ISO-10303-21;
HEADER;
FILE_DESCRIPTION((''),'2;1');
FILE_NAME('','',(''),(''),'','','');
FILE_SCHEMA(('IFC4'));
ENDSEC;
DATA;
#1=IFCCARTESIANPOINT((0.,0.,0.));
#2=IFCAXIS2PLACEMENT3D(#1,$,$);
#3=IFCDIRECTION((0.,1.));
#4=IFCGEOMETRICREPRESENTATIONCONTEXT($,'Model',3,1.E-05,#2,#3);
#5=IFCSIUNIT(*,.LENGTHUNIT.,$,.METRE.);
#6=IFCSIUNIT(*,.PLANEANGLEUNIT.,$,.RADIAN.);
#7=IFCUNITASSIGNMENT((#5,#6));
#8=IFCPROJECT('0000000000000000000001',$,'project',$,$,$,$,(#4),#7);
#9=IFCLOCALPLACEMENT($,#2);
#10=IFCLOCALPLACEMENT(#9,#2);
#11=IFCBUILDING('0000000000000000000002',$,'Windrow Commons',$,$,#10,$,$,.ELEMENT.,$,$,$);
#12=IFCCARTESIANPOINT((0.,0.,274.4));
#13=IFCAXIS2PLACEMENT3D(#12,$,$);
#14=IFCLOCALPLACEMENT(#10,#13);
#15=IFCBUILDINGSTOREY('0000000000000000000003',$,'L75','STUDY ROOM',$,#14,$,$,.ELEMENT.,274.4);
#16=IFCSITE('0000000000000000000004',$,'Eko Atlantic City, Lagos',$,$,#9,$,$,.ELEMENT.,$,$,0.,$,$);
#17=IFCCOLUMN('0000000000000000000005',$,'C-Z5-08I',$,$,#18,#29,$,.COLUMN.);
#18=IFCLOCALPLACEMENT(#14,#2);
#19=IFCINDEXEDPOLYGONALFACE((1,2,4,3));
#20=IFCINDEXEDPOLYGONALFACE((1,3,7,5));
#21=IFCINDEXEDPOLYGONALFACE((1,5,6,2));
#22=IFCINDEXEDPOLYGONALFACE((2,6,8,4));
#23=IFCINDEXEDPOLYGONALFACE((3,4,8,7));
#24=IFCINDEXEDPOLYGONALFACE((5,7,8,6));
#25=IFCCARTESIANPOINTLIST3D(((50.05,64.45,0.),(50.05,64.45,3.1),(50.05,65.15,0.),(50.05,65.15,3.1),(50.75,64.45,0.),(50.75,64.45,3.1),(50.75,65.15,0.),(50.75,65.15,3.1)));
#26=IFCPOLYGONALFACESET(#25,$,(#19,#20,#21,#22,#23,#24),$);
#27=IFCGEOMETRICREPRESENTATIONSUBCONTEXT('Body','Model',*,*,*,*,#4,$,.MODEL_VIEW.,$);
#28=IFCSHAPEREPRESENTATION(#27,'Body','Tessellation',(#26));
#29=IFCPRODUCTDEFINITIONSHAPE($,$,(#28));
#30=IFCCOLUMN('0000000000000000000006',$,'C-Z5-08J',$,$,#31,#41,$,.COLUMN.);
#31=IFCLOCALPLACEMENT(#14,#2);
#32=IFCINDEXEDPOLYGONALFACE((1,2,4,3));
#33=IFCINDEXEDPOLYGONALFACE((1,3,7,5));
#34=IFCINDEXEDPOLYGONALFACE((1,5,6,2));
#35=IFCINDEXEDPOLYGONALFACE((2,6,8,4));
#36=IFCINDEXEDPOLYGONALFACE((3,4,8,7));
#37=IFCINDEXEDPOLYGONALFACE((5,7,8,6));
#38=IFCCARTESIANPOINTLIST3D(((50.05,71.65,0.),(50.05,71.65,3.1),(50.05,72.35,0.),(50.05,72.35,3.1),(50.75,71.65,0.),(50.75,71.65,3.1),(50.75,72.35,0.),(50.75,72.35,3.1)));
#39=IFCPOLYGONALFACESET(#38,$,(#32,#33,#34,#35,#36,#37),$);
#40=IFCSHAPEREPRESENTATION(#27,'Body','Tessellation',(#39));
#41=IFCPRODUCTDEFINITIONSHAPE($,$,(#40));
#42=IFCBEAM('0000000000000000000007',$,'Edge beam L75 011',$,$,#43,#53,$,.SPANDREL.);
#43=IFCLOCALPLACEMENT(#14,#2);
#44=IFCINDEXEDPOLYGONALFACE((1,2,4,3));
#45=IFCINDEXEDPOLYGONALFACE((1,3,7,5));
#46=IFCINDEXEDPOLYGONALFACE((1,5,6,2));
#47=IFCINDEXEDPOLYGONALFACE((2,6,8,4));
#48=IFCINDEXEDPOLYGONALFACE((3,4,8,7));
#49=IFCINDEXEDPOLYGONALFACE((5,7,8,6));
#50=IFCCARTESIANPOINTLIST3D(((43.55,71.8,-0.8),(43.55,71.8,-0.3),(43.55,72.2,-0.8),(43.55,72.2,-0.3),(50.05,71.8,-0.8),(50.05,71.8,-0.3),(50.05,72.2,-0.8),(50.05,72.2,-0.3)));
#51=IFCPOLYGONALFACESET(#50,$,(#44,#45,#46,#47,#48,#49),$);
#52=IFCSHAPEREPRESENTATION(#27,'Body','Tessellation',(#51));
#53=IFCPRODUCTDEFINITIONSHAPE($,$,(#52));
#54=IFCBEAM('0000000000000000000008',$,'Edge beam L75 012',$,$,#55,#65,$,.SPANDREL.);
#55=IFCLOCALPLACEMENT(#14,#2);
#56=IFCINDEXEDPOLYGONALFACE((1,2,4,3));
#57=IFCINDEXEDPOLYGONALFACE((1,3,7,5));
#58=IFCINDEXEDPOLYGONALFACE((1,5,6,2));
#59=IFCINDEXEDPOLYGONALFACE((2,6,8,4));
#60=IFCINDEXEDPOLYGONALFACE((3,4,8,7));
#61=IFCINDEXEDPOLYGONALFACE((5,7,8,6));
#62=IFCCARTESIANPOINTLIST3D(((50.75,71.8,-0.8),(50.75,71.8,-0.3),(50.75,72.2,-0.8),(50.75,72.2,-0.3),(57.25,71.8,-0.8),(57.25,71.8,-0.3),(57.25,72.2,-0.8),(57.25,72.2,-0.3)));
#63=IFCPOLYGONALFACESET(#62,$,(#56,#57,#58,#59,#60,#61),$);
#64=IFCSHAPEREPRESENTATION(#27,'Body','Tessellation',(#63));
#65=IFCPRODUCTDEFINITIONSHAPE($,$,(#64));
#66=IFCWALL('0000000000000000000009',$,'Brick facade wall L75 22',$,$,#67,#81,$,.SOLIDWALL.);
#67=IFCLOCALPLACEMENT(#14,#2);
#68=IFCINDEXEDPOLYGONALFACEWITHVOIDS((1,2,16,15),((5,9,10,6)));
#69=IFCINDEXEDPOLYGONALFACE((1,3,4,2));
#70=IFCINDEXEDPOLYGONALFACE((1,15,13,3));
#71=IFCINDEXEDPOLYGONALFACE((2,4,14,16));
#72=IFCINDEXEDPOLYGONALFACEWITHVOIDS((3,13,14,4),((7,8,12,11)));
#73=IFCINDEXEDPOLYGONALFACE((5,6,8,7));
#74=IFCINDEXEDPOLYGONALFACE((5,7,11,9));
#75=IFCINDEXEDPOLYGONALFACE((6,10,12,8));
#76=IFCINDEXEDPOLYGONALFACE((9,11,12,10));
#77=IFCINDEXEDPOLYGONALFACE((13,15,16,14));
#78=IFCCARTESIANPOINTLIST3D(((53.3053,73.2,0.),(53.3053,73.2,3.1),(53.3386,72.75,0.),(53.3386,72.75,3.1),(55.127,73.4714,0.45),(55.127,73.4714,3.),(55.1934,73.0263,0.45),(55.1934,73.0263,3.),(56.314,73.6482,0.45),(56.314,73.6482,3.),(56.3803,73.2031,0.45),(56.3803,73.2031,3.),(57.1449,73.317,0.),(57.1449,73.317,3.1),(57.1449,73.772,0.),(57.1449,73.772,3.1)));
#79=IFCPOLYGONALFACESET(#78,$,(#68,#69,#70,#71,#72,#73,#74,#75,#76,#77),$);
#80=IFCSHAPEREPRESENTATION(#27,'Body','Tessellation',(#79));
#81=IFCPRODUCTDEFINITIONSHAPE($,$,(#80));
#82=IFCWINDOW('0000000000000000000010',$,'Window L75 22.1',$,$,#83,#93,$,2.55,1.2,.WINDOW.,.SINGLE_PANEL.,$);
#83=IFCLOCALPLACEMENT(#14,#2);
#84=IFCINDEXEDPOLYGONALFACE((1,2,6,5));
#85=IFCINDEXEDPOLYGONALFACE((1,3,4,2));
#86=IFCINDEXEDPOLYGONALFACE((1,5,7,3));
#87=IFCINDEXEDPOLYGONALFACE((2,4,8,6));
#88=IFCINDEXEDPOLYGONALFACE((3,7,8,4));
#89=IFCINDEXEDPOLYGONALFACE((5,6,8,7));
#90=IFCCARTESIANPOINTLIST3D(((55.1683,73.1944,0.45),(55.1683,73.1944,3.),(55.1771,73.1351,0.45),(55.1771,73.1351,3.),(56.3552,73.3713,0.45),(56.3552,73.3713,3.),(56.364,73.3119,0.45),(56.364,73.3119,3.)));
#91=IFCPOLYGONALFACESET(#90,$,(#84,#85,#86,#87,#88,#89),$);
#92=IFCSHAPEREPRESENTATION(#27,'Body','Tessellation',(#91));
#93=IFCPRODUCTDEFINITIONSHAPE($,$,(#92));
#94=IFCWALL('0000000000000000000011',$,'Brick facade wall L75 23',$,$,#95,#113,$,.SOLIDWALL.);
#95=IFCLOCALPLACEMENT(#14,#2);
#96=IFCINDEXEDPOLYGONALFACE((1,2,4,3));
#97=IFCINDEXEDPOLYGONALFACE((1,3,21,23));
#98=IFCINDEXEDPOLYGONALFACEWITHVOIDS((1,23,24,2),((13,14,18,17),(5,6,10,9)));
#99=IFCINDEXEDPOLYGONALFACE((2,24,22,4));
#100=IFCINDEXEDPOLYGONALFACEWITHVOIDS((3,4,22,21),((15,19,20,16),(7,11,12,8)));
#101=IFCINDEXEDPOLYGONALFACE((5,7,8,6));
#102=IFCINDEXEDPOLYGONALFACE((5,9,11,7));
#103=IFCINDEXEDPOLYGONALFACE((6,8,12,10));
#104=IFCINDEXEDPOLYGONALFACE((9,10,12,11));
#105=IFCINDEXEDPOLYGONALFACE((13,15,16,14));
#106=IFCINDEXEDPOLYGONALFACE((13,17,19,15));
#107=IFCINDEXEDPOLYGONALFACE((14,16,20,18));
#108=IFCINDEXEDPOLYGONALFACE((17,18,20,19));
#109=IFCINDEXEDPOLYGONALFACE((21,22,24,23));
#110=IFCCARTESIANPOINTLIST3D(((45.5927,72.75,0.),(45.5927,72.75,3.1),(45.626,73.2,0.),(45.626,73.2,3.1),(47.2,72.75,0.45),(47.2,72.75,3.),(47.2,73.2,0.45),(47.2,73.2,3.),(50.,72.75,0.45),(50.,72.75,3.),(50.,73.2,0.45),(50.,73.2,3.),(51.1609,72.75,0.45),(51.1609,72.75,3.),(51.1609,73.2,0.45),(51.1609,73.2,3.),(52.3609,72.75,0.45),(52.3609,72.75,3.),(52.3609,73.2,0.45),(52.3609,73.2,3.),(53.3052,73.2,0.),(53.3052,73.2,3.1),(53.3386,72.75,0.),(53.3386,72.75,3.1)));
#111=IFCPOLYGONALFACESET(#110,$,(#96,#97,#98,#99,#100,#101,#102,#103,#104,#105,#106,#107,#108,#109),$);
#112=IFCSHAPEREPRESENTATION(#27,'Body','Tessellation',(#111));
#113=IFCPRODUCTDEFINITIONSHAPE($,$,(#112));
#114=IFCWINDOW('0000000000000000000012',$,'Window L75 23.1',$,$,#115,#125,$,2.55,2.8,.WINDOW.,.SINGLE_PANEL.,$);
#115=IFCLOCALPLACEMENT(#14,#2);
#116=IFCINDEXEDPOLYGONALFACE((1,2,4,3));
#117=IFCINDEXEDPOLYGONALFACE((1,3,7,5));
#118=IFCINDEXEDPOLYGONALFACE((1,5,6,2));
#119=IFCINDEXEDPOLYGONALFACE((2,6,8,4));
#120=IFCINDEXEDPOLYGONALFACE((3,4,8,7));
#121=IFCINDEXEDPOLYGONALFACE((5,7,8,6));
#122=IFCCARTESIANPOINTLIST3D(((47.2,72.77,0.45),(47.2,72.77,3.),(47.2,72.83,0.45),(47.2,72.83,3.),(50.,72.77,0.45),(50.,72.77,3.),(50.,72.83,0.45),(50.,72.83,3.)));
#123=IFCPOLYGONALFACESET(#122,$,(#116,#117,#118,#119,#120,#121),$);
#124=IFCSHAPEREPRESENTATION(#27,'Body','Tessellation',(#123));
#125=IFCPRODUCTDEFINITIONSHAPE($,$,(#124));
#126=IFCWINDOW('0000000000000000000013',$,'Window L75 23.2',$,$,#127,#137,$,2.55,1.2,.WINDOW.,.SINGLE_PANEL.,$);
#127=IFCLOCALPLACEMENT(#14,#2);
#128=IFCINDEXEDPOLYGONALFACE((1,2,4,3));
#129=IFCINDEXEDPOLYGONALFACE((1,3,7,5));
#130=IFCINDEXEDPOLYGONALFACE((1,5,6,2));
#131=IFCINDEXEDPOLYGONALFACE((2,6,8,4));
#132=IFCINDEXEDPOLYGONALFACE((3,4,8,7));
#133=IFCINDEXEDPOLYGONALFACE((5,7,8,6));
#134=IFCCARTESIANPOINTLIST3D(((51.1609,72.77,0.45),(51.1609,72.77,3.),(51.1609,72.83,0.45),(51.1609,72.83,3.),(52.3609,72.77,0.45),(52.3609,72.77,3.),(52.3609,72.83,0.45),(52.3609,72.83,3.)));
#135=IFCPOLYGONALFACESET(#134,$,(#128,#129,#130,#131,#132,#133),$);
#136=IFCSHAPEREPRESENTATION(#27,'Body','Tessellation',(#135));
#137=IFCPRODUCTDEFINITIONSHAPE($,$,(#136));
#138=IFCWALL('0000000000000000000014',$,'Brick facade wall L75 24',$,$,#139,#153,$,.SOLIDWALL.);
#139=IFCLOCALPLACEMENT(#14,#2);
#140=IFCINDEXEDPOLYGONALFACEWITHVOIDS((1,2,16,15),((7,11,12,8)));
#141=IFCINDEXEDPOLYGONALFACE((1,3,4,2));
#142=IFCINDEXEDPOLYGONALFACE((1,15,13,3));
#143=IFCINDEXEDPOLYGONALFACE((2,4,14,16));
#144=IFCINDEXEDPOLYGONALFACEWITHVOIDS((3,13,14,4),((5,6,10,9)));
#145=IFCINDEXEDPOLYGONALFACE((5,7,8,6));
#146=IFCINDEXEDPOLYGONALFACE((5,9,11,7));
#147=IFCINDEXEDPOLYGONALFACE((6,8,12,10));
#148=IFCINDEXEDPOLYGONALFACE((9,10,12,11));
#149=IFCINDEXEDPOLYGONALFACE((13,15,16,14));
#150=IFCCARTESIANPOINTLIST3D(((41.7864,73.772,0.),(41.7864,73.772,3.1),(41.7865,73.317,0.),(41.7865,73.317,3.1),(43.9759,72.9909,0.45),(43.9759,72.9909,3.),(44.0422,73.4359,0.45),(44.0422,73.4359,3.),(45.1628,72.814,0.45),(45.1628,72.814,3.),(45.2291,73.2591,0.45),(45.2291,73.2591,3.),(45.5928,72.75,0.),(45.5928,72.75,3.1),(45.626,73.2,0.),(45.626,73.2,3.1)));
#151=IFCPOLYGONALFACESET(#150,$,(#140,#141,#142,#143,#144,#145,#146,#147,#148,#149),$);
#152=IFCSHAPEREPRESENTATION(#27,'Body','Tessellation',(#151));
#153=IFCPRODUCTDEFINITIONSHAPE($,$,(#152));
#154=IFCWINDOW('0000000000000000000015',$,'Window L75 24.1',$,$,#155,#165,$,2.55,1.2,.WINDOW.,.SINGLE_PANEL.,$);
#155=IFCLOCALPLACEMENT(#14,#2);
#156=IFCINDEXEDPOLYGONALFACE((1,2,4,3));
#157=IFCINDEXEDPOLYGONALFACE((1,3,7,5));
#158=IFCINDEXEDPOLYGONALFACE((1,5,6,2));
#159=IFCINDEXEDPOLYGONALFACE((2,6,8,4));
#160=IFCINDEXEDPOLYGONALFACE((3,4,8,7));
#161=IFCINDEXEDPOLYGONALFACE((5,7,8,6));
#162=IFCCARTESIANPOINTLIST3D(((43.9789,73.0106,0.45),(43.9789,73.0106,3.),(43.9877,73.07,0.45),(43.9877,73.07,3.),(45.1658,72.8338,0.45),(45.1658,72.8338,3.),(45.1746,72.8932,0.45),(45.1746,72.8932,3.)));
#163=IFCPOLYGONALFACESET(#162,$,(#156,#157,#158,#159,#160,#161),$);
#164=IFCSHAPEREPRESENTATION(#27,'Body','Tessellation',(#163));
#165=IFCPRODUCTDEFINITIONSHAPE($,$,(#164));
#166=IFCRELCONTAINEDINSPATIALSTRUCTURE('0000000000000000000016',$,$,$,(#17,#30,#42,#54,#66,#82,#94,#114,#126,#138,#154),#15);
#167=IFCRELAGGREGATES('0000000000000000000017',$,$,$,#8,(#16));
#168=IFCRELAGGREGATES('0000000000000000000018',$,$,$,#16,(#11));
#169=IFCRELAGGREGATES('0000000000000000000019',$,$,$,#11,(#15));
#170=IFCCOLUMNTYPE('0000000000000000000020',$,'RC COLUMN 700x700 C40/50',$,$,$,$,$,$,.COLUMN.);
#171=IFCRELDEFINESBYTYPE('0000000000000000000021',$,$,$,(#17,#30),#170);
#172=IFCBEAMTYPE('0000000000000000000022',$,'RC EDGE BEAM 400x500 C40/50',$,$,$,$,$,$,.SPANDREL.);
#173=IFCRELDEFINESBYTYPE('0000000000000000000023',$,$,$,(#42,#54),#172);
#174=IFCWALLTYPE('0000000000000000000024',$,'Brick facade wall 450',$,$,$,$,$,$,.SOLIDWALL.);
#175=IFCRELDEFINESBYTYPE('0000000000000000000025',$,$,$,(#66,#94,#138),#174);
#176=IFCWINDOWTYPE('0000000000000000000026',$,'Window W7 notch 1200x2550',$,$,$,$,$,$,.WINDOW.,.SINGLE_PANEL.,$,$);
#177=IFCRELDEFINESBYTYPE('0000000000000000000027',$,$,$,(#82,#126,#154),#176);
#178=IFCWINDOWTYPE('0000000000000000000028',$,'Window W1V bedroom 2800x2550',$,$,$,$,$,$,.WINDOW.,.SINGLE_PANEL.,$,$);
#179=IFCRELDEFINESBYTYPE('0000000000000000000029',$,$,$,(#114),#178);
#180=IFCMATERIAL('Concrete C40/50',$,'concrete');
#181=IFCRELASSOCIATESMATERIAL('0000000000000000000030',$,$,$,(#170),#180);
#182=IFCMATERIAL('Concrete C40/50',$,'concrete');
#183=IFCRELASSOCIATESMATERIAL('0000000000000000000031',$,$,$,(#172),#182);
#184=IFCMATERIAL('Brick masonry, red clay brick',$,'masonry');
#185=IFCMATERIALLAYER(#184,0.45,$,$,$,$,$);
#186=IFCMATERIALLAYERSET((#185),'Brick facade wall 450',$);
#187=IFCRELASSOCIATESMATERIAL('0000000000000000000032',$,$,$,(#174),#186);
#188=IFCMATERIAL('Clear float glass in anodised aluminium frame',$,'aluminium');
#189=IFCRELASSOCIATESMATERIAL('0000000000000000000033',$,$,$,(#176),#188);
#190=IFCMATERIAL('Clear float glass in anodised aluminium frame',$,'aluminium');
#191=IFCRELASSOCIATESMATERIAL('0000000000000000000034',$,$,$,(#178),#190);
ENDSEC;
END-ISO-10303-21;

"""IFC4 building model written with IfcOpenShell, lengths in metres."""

from ifc_helpers import new_model, si_unit, direction, frame, frame_2d, origin, origin_2d, place, context, subcontext, project, spatial, polyline, rectangle, outline, extrude, material, layer, layer_set, material_profile, profile_set, type_object, element, fill, save


model = new_model("IFC4")

# Units and contexts
model_context = context("Model", 3, precision=1e-05, world=origin(), true_north=direction((0.0, 1.0)))
body_context = subcontext(model_context, "Body", "Model", "MODEL_VIEW")
ifc_project = project(units=[si_unit("LENGTHUNIT", "METRE"), si_unit("PLANEANGLEUNIT", "RADIAN")], contexts=[model_context])

# Site, building, storey
site_placement = place(None, origin())
site = spatial("IfcSite", under=ifc_project, at=site_placement, Name="Eko Atlantic City, Lagos", CompositionType="ELEMENT", RefElevation=0.0)
building_placement = place(site_placement, origin())
building = spatial("IfcBuilding", under=site, at=building_placement, Name="Windrow Commons", CompositionType="ELEMENT")
storey_placement = place(building_placement, frame((0.0, 0.0, 274.4)))
storey = spatial("IfcBuildingStorey", under=building, at=storey_placement, Name="L75", Description="STUDY ROOM", CompositionType="ELEMENT", Elevation=274.4)

# Columns
ifc_material_1 = material(Name="Concrete C40/50", Category="concrete")
ifc_material_profile_1 = material_profile(ifc_material_1, rectangle(XDim=0.7, YDim=0.7, at=origin_2d()))
ifc_profile_set_1 = profile_set([ifc_material_profile_1], Name="Concrete C40/50")
column_type = type_object("IfcColumnType", Name="RC COLUMN 700x700 C40/50", PredefinedType="COLUMN", material=ifc_profile_set_1)
for number, where, z_axis, x_axis, name in (
    (1, (50.4, 64.8, 0.0), (0.0, 0.0, 1.0), (1.0, 0.0, 0.0), "C-Z5-08I"),
    (2, (50.4, 72.0, 0.0), (0.0, 0.0, 1.0), (1.0, 0.0, 0.0), "C-Z5-08J"),
):
    element("IfcColumn", number, at=place(storey_placement, frame(where, z_axis=z_axis, x_axis=x_axis)), inside=storey, type_object=column_type, Name=name, PredefinedType="COLUMN", context=body_context, shape_type="SweptSolid", body=[
        extrude(rectangle(XDim=0.7, YDim=0.7, at=origin_2d()), origin(), (0.0, 0.0, 1.0), 3.1),
    ])

# Beams
ifc_material_2 = material(Name="Concrete C40/50", Category="concrete")
ifc_material_profile_2 = material_profile(ifc_material_2, rectangle(XDim=0.4, YDim=0.5, at=origin_2d()))
ifc_profile_set_2 = profile_set([ifc_material_profile_2], Name="Concrete C40/50")
beam_type = type_object("IfcBeamType", Name="RC EDGE BEAM 400x500 C40/50", PredefinedType="SPANDREL", material=ifc_profile_set_2)
for number, where, z_axis, x_axis, name in (
    (3, (43.55, 72.0, -0.55), (1.0, 0.0, 0.0), (0.0, 1.0, 0.0), "Edge beam L75 011"),
    (4, (50.75, 72.0, -0.55), (1.0, 0.0, 0.0), (0.0, 1.0, 0.0), "Edge beam L75 012"),
):
    element("IfcBeam", number, at=place(storey_placement, frame(where, z_axis=z_axis, x_axis=x_axis)), inside=storey, type_object=beam_type, Name=name, PredefinedType="SPANDREL", context=body_context, shape_type="SweptSolid", body=[
        extrude(rectangle(XDim=0.4, YDim=0.5, at=origin_2d()), origin(), (0.0, 0.0, 1.0), 6.5),
    ])

# Wall, opening, window
ifc_material_3 = material(Name="Brick masonry, red clay brick", Category="masonry")
ifc_layer_1 = layer(ifc_material_3, 0.45)
ifc_layer_set_1 = layer_set([ifc_layer_1], Name="Brick facade wall 450")
wall_type_1 = type_object("IfcWallType", Name="Brick facade wall 450", PredefinedType="SOLIDWALL", material=ifc_layer_set_1)
wall_1_placement = place(storey_placement, frame((57.1449, 73.5445, 0.0), z_axis=(0.0, 0.0, 1.0), x_axis=(-0.989086, -0.147341, 0.0)))
wall_1 = element("IfcWall", 5, at=wall_1_placement, inside=storey, type_object=wall_type_1, Name="Brick facade wall L75 22", PredefinedType="SOLIDWALL", context=body_context, shape_type="SweptSolid", body=[
    extrude(outline(polyline([(-0.0335, -0.225), (3.8485, -0.225), (3.8818, 0.225), (0.0335, 0.225), (-0.0335, -0.225)])), origin(), (0.0, 0.0, 1.0), 3.1),
])
opening_1_placement = place(wall_1_placement, frame((0.8066, 0.0, 0.45)))
opening_1 = element("IfcOpeningElement", 6, at=opening_1_placement, cuts=wall_1, PredefinedType="OPENING", context=body_context, shape_type="SweptSolid", body=[
    extrude(rectangle(XDim=1.2, YDim=2.55, at=frame_2d((0.6, 1.275))), frame((0.0, 0.235, 0.0), z_axis=(0.0, -1.0, 0.0), x_axis=(1.0, 0.0, 0.0)), (0.0, 0.0, 1.0), 0.47),
])
ifc_material_4 = material(Name="Clear float glass in anodised aluminium frame", Category="aluminium")
window_type_1 = type_object("IfcWindowType", Name="Window W7 notch 1200x2550", PartitioningType="SINGLE_PANEL", PredefinedType="WINDOW", material=ifc_material_4)
window_1_placement = place(opening_1_placement, origin())
window_1 = element("IfcWindow", 7, at=window_1_placement, inside=storey, type_object=window_type_1, Name="Window L75 22.1", OverallHeight=2.55, OverallWidth=1.2, PartitioningType="SINGLE_PANEL", PredefinedType="WINDOW", context=body_context, shape_type="SweptSolid", body=[
    extrude(rectangle(XDim=1.2, YDim=2.55, at=frame_2d((0.6, 1.275))), frame((0.0, 0.115, 0.0), z_axis=(0.0, -1.0, 0.0), x_axis=(1.0, 0.0, 0.0)), (0.0, 0.0, 1.0), 0.06),
])
fill(opening_1, window_1)

# Wall, openings, windows
wall_2_placement = place(storey_placement, frame((53.3219, 72.975, 0.0), z_axis=(0.0, 0.0, 1.0), x_axis=(-1.0, 0.0, 0.0)))
wall_2 = element("IfcWall", 8, at=wall_2_placement, inside=storey, type_object=wall_type_1, Name="Brick facade wall L75 23", PredefinedType="SOLIDWALL", context=body_context, shape_type="SweptSolid", body=[
    extrude(outline(polyline([(0.0167, -0.225), (7.6959, -0.225), (7.7292, 0.225), (-0.0167, 0.225), (0.0167, -0.225)])), origin(), (0.0, 0.0, 1.0), 3.1),
])
opening_2_placement = place(wall_2_placement, frame((3.3219, 0.0, 0.45)))
opening_2 = element("IfcOpeningElement", 9, at=opening_2_placement, cuts=wall_2, PredefinedType="OPENING", context=body_context, shape_type="SweptSolid", body=[
    extrude(rectangle(XDim=2.8, YDim=2.55, at=frame_2d((1.4, 1.275))), frame((0.0, 0.235, 0.0), z_axis=(0.0, -1.0, 0.0), x_axis=(1.0, 0.0, 0.0)), (0.0, 0.0, 1.0), 0.47),
])
opening_3_placement = place(wall_2_placement, frame((0.961, 0.0, 0.45)))
opening_3 = element("IfcOpeningElement", 10, at=opening_3_placement, cuts=wall_2, PredefinedType="OPENING", context=body_context, shape_type="SweptSolid", body=[
    extrude(rectangle(XDim=1.2, YDim=2.55, at=frame_2d((0.6, 1.275))), frame((0.0, 0.235, 0.0), z_axis=(0.0, -1.0, 0.0), x_axis=(1.0, 0.0, 0.0)), (0.0, 0.0, 1.0), 0.47),
])
ifc_material_5 = material(Name="Clear float glass in anodised aluminium frame", Category="aluminium")
window_type_2 = type_object("IfcWindowType", Name="Window W1V bedroom 2800x2550", PartitioningType="SINGLE_PANEL", PredefinedType="WINDOW", material=ifc_material_5)
window_2_placement = place(opening_2_placement, origin())
window_2 = element("IfcWindow", 11, at=window_2_placement, inside=storey, type_object=window_type_2, Name="Window L75 23.1", OverallHeight=2.55, OverallWidth=2.8, PartitioningType="SINGLE_PANEL", PredefinedType="WINDOW", context=body_context, shape_type="SweptSolid", body=[
    extrude(rectangle(XDim=2.8, YDim=2.55, at=frame_2d((1.4, 1.275))), frame((0.0, 0.205, 0.0), z_axis=(0.0, -1.0, 0.0), x_axis=(1.0, 0.0, 0.0)), (0.0, 0.0, 1.0), 0.06),
])
fill(opening_2, window_2)
window_3_placement = place(opening_3_placement, origin())
window_3 = element("IfcWindow", 12, at=window_3_placement, inside=storey, type_object=window_type_1, Name="Window L75 23.2", OverallHeight=2.55, OverallWidth=1.2, PartitioningType="SINGLE_PANEL", PredefinedType="WINDOW", context=body_context, shape_type="SweptSolid", body=[
    extrude(rectangle(XDim=1.2, YDim=2.55, at=frame_2d((0.6, 1.275))), frame((0.0, 0.205, 0.0), z_axis=(0.0, -1.0, 0.0), x_axis=(1.0, 0.0, 0.0)), (0.0, 0.0, 1.0), 0.06),
])
fill(opening_3, window_3)

# Wall, opening, window
wall_3_placement = place(storey_placement, frame((45.6094, 72.975, 0.0), z_axis=(0.0, 0.0, 1.0), x_axis=(-0.989086, 0.147341, 0.0)))
wall_3 = element("IfcWall", 13, at=wall_3_placement, inside=storey, type_object=wall_type_1, Name="Brick facade wall L75 24", PredefinedType="SOLIDWALL", context=body_context, shape_type="SweptSolid", body=[
    extrude(outline(polyline([(0.0167, -0.225), (3.8987, -0.225), (3.8316, 0.225), (-0.0167, 0.225), (0.0167, -0.225)])), origin(), (0.0, 0.0, 1.0), 3.1),
])
opening_4_placement = place(wall_3_placement, frame((0.418, 0.0, 0.45)))
opening_4 = element("IfcOpeningElement", 14, at=opening_4_placement, cuts=wall_3, PredefinedType="OPENING", context=body_context, shape_type="SweptSolid", body=[
    extrude(rectangle(XDim=1.2, YDim=2.55, at=frame_2d((0.6, 1.275))), frame((0.0, 0.235, 0.0), z_axis=(0.0, -1.0, 0.0), x_axis=(1.0, 0.0, 0.0)), (0.0, 0.0, 1.0), 0.47),
])
window_4_placement = place(opening_4_placement, origin())
window_4 = element("IfcWindow", 15, at=window_4_placement, inside=storey, type_object=window_type_1, Name="Window L75 24.1", OverallHeight=2.55, OverallWidth=1.2, PartitioningType="SINGLE_PANEL", PredefinedType="WINDOW", context=body_context, shape_type="SweptSolid", body=[
    extrude(rectangle(XDim=1.2, YDim=2.55, at=frame_2d((0.6, 1.275))), frame((0.0, 0.205, 0.0), z_axis=(0.0, -1.0, 0.0), x_axis=(1.0, 0.0, 0.0)), (0.0, 0.0, 1.0), 0.06),
])
fill(opening_4, window_4)

save(model, "model.ifc")
